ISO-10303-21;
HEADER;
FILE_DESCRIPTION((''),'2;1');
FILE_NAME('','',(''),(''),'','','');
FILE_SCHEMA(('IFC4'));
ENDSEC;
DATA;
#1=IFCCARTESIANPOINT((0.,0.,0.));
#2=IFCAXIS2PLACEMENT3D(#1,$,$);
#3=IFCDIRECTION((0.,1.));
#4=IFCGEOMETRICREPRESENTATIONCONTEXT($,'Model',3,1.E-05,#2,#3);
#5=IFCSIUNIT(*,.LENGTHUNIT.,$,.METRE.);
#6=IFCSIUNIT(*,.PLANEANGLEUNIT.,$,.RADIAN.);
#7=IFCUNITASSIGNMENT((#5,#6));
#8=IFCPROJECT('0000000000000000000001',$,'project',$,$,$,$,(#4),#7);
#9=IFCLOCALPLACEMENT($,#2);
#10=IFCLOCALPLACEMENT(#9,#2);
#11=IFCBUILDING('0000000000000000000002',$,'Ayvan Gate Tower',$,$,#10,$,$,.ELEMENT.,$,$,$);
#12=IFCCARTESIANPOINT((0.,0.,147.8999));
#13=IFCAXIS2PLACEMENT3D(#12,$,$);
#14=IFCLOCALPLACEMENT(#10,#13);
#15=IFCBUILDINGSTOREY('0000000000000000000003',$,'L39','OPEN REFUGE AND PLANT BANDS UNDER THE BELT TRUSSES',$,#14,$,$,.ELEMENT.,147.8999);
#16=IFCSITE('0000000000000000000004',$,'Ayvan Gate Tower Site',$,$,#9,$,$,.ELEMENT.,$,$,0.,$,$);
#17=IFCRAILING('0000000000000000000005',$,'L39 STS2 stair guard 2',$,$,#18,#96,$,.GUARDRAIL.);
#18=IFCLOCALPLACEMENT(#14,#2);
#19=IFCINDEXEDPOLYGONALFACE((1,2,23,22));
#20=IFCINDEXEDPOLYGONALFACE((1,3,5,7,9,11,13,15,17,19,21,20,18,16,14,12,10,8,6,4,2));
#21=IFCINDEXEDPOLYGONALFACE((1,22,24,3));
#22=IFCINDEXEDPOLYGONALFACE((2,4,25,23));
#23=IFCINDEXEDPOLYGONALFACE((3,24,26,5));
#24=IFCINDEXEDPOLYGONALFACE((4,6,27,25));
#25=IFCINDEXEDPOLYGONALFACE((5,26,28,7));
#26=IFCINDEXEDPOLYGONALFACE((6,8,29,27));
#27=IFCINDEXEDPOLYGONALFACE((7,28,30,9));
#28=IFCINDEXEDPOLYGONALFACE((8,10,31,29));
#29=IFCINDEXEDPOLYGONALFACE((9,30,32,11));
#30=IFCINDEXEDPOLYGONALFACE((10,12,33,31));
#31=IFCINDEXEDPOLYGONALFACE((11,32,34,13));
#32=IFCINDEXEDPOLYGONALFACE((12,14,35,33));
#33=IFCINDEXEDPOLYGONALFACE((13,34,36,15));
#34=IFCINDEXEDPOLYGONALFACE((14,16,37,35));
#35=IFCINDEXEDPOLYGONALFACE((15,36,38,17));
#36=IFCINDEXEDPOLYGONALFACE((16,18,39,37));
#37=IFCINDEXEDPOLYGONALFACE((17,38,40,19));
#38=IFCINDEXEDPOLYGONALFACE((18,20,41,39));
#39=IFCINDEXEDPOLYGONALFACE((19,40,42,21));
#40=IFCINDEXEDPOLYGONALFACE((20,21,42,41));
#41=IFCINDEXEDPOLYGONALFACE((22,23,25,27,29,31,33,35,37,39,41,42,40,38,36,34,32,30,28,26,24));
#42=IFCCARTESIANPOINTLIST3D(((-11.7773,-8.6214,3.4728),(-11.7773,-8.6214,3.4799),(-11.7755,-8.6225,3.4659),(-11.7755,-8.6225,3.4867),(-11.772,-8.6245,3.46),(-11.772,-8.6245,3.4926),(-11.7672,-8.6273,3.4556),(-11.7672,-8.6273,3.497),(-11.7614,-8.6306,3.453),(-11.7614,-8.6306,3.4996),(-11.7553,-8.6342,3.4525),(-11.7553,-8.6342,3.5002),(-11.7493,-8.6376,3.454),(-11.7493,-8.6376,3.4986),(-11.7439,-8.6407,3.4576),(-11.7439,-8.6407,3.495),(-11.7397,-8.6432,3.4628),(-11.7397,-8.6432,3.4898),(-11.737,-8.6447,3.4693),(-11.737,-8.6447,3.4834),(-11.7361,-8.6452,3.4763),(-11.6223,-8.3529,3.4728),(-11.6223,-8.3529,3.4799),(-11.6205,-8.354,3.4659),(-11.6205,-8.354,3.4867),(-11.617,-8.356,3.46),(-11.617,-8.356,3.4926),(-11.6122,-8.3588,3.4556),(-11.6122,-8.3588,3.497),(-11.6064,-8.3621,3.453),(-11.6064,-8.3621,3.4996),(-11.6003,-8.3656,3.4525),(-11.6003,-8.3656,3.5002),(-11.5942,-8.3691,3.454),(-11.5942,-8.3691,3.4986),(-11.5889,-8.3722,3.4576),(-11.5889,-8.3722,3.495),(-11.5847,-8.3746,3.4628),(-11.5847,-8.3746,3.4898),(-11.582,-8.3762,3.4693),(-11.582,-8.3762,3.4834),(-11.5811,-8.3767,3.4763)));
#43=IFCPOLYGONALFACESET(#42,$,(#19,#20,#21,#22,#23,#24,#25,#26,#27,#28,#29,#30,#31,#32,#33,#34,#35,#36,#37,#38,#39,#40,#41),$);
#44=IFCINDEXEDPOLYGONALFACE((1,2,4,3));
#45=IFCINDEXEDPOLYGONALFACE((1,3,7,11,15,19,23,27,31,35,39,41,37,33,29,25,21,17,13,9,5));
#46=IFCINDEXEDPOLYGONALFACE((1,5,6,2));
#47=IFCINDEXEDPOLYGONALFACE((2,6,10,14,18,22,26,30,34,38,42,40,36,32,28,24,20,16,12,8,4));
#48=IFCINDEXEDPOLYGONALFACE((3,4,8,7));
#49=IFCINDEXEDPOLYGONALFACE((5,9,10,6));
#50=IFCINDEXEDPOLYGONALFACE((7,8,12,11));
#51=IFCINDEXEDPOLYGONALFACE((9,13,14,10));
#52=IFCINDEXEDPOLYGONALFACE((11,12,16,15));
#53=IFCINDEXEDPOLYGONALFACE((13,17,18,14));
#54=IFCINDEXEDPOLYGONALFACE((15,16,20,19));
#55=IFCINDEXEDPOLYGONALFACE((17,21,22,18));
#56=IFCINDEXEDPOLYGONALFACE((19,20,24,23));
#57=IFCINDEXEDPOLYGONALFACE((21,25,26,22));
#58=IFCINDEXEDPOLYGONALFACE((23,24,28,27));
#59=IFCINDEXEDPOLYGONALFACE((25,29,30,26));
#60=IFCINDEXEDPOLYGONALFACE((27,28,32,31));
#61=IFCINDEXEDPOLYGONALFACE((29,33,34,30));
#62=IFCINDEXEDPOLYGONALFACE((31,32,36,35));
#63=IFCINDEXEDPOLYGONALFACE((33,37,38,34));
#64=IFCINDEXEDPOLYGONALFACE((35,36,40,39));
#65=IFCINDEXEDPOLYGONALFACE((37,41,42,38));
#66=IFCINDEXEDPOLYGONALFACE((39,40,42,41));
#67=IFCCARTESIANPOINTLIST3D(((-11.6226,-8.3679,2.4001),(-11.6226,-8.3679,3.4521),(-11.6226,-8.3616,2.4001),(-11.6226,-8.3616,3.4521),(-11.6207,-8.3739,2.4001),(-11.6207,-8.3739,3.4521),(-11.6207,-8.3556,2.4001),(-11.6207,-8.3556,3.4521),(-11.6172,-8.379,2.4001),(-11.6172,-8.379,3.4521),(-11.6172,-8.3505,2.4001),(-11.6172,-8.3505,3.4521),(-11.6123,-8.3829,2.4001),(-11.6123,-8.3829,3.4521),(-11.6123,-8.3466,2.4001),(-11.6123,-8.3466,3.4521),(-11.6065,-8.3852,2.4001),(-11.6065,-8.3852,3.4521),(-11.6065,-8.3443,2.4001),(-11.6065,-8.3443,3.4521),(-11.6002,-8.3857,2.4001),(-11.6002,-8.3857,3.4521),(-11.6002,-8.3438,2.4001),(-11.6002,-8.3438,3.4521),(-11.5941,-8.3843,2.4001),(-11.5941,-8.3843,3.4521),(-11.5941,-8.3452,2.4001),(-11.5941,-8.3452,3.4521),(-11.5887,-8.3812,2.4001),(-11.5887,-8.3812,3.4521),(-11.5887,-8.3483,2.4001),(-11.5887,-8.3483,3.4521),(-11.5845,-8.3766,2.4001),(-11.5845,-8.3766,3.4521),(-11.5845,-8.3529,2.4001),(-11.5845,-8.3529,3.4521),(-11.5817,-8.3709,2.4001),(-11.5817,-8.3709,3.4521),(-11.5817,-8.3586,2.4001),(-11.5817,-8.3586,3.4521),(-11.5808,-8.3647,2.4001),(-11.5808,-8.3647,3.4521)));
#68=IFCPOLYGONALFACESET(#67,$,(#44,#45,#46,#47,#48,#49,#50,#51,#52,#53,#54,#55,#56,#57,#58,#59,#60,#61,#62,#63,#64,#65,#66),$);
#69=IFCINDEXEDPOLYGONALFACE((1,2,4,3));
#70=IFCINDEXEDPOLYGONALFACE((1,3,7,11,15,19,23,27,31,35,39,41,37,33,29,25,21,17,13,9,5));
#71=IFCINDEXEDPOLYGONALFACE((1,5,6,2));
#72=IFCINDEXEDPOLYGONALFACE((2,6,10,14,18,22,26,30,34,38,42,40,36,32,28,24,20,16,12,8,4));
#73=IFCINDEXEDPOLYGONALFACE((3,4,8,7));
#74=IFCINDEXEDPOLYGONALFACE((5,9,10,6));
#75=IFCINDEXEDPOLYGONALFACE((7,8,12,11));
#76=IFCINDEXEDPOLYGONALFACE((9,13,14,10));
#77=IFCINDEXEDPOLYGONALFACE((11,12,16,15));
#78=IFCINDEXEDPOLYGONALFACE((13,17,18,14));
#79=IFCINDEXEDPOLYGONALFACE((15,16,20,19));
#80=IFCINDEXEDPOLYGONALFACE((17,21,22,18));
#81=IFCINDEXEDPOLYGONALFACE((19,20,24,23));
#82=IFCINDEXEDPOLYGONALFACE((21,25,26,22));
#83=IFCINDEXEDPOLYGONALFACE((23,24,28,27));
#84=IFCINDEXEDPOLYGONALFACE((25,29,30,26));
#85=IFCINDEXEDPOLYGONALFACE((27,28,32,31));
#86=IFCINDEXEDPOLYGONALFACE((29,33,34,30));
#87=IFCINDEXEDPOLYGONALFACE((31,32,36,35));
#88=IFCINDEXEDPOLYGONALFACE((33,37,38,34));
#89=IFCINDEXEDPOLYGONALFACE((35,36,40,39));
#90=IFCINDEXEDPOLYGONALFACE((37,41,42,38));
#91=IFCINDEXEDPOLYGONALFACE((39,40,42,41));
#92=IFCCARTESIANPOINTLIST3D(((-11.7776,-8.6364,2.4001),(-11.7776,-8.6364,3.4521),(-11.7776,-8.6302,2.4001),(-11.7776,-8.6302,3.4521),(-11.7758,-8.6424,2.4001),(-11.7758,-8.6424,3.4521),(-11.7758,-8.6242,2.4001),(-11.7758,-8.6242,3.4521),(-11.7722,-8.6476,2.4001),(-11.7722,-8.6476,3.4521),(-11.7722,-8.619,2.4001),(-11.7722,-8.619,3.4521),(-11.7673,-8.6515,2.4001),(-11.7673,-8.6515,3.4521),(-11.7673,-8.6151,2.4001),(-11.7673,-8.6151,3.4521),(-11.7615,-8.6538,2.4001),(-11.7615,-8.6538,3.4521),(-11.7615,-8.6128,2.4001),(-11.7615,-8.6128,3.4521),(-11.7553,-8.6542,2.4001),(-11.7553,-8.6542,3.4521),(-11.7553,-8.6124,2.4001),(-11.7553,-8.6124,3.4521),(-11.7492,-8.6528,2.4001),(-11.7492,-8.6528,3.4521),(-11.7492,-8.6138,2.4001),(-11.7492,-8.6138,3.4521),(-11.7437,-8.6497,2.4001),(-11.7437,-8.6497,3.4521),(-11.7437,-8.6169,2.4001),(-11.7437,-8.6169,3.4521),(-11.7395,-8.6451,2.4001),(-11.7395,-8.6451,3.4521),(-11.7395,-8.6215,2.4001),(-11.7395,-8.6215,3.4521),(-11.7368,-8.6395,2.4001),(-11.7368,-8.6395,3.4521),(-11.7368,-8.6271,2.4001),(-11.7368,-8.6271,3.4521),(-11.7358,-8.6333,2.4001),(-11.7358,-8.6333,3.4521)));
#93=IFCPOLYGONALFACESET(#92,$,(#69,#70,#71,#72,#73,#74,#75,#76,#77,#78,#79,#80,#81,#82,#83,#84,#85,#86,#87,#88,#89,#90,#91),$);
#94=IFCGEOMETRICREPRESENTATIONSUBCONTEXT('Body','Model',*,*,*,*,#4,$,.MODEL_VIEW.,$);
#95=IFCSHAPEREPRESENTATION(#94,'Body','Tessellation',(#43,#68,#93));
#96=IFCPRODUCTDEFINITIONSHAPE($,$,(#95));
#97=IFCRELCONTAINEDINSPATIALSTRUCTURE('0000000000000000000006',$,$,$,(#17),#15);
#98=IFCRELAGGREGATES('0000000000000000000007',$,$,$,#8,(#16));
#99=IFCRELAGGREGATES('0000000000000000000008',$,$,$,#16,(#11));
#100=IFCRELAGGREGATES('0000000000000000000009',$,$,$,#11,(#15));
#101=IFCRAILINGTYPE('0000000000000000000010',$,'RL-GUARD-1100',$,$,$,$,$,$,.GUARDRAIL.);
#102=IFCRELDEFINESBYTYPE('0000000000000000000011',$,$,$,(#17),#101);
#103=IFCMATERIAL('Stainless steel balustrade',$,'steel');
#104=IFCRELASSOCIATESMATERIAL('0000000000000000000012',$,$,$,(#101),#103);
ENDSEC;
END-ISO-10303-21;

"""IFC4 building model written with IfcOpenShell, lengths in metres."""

from ifc_helpers import new_model, si_unit, direction, frame, origin, origin_2d, place, context, subcontext, project, spatial, circle, extrude, material, type_object, element, save


model = new_model("IFC4")

# Units and contexts
model_context = context("Model", 3, precision=1e-05, world=origin(), true_north=direction((0.0, 1.0)))
body_context = subcontext(model_context, "Body", "Model", "MODEL_VIEW")
ifc_project = project(units=[si_unit("LENGTHUNIT", "METRE"), si_unit("PLANEANGLEUNIT", "RADIAN")], contexts=[model_context])

# Site, building, storey
site_placement = place(None, origin())
site = spatial("IfcSite", under=ifc_project, at=site_placement, Name="Ayvan Gate Tower Site", CompositionType="ELEMENT", RefElevation=0.0)
building_placement = place(site_placement, origin())
building = spatial("IfcBuilding", under=site, at=building_placement, Name="Ayvan Gate Tower", CompositionType="ELEMENT")
storey_placement = place(building_placement, frame((0.0, 0.0, 147.8999)))
storey = spatial("IfcBuildingStorey", under=building, at=storey_placement, Name="L39", Description="OPEN REFUGE AND PLANT BANDS UNDER THE BELT TRUSSES", CompositionType="ELEMENT", Elevation=147.8999)

# Railing
ifc_material_1 = material(Name="Stainless steel balustrade", Category="steel")
railing_type_1 = type_object("IfcRailingType", Name="RL-GUARD-1100", PredefinedType="GUARDRAIL", material=ifc_material_1)
railing_1_placement = place(storey_placement, frame((-11.6018, -8.3647, 2.4001)))
element("IfcRailing", 1, at=railing_1_placement, inside=storey, type_object=railing_type_1, Name="L39 STS2 stair guard 2", PredefinedType="GUARDRAIL", context=body_context, shape_type="SweptSolid", body=[
    extrude(circle(Radius=0.0239, at=origin_2d()), frame((0.0, 0.0, 1.0762), z_axis=(-0.49995, -0.866054, 0.0), x_axis=(0.866054, -0.49995, 0.0)), (0.0, 0.0, 1.0), 0.3101),
    extrude(circle(Radius=0.021, at=origin_2d()), origin(), (0.0, 0.0, 1.0), 1.052),
    extrude(circle(Radius=0.021, at=origin_2d()), frame((-0.155, -0.2686, 0.0)), (0.0, 0.0, 1.0), 1.052),
])

save(model, "model.ifc")
